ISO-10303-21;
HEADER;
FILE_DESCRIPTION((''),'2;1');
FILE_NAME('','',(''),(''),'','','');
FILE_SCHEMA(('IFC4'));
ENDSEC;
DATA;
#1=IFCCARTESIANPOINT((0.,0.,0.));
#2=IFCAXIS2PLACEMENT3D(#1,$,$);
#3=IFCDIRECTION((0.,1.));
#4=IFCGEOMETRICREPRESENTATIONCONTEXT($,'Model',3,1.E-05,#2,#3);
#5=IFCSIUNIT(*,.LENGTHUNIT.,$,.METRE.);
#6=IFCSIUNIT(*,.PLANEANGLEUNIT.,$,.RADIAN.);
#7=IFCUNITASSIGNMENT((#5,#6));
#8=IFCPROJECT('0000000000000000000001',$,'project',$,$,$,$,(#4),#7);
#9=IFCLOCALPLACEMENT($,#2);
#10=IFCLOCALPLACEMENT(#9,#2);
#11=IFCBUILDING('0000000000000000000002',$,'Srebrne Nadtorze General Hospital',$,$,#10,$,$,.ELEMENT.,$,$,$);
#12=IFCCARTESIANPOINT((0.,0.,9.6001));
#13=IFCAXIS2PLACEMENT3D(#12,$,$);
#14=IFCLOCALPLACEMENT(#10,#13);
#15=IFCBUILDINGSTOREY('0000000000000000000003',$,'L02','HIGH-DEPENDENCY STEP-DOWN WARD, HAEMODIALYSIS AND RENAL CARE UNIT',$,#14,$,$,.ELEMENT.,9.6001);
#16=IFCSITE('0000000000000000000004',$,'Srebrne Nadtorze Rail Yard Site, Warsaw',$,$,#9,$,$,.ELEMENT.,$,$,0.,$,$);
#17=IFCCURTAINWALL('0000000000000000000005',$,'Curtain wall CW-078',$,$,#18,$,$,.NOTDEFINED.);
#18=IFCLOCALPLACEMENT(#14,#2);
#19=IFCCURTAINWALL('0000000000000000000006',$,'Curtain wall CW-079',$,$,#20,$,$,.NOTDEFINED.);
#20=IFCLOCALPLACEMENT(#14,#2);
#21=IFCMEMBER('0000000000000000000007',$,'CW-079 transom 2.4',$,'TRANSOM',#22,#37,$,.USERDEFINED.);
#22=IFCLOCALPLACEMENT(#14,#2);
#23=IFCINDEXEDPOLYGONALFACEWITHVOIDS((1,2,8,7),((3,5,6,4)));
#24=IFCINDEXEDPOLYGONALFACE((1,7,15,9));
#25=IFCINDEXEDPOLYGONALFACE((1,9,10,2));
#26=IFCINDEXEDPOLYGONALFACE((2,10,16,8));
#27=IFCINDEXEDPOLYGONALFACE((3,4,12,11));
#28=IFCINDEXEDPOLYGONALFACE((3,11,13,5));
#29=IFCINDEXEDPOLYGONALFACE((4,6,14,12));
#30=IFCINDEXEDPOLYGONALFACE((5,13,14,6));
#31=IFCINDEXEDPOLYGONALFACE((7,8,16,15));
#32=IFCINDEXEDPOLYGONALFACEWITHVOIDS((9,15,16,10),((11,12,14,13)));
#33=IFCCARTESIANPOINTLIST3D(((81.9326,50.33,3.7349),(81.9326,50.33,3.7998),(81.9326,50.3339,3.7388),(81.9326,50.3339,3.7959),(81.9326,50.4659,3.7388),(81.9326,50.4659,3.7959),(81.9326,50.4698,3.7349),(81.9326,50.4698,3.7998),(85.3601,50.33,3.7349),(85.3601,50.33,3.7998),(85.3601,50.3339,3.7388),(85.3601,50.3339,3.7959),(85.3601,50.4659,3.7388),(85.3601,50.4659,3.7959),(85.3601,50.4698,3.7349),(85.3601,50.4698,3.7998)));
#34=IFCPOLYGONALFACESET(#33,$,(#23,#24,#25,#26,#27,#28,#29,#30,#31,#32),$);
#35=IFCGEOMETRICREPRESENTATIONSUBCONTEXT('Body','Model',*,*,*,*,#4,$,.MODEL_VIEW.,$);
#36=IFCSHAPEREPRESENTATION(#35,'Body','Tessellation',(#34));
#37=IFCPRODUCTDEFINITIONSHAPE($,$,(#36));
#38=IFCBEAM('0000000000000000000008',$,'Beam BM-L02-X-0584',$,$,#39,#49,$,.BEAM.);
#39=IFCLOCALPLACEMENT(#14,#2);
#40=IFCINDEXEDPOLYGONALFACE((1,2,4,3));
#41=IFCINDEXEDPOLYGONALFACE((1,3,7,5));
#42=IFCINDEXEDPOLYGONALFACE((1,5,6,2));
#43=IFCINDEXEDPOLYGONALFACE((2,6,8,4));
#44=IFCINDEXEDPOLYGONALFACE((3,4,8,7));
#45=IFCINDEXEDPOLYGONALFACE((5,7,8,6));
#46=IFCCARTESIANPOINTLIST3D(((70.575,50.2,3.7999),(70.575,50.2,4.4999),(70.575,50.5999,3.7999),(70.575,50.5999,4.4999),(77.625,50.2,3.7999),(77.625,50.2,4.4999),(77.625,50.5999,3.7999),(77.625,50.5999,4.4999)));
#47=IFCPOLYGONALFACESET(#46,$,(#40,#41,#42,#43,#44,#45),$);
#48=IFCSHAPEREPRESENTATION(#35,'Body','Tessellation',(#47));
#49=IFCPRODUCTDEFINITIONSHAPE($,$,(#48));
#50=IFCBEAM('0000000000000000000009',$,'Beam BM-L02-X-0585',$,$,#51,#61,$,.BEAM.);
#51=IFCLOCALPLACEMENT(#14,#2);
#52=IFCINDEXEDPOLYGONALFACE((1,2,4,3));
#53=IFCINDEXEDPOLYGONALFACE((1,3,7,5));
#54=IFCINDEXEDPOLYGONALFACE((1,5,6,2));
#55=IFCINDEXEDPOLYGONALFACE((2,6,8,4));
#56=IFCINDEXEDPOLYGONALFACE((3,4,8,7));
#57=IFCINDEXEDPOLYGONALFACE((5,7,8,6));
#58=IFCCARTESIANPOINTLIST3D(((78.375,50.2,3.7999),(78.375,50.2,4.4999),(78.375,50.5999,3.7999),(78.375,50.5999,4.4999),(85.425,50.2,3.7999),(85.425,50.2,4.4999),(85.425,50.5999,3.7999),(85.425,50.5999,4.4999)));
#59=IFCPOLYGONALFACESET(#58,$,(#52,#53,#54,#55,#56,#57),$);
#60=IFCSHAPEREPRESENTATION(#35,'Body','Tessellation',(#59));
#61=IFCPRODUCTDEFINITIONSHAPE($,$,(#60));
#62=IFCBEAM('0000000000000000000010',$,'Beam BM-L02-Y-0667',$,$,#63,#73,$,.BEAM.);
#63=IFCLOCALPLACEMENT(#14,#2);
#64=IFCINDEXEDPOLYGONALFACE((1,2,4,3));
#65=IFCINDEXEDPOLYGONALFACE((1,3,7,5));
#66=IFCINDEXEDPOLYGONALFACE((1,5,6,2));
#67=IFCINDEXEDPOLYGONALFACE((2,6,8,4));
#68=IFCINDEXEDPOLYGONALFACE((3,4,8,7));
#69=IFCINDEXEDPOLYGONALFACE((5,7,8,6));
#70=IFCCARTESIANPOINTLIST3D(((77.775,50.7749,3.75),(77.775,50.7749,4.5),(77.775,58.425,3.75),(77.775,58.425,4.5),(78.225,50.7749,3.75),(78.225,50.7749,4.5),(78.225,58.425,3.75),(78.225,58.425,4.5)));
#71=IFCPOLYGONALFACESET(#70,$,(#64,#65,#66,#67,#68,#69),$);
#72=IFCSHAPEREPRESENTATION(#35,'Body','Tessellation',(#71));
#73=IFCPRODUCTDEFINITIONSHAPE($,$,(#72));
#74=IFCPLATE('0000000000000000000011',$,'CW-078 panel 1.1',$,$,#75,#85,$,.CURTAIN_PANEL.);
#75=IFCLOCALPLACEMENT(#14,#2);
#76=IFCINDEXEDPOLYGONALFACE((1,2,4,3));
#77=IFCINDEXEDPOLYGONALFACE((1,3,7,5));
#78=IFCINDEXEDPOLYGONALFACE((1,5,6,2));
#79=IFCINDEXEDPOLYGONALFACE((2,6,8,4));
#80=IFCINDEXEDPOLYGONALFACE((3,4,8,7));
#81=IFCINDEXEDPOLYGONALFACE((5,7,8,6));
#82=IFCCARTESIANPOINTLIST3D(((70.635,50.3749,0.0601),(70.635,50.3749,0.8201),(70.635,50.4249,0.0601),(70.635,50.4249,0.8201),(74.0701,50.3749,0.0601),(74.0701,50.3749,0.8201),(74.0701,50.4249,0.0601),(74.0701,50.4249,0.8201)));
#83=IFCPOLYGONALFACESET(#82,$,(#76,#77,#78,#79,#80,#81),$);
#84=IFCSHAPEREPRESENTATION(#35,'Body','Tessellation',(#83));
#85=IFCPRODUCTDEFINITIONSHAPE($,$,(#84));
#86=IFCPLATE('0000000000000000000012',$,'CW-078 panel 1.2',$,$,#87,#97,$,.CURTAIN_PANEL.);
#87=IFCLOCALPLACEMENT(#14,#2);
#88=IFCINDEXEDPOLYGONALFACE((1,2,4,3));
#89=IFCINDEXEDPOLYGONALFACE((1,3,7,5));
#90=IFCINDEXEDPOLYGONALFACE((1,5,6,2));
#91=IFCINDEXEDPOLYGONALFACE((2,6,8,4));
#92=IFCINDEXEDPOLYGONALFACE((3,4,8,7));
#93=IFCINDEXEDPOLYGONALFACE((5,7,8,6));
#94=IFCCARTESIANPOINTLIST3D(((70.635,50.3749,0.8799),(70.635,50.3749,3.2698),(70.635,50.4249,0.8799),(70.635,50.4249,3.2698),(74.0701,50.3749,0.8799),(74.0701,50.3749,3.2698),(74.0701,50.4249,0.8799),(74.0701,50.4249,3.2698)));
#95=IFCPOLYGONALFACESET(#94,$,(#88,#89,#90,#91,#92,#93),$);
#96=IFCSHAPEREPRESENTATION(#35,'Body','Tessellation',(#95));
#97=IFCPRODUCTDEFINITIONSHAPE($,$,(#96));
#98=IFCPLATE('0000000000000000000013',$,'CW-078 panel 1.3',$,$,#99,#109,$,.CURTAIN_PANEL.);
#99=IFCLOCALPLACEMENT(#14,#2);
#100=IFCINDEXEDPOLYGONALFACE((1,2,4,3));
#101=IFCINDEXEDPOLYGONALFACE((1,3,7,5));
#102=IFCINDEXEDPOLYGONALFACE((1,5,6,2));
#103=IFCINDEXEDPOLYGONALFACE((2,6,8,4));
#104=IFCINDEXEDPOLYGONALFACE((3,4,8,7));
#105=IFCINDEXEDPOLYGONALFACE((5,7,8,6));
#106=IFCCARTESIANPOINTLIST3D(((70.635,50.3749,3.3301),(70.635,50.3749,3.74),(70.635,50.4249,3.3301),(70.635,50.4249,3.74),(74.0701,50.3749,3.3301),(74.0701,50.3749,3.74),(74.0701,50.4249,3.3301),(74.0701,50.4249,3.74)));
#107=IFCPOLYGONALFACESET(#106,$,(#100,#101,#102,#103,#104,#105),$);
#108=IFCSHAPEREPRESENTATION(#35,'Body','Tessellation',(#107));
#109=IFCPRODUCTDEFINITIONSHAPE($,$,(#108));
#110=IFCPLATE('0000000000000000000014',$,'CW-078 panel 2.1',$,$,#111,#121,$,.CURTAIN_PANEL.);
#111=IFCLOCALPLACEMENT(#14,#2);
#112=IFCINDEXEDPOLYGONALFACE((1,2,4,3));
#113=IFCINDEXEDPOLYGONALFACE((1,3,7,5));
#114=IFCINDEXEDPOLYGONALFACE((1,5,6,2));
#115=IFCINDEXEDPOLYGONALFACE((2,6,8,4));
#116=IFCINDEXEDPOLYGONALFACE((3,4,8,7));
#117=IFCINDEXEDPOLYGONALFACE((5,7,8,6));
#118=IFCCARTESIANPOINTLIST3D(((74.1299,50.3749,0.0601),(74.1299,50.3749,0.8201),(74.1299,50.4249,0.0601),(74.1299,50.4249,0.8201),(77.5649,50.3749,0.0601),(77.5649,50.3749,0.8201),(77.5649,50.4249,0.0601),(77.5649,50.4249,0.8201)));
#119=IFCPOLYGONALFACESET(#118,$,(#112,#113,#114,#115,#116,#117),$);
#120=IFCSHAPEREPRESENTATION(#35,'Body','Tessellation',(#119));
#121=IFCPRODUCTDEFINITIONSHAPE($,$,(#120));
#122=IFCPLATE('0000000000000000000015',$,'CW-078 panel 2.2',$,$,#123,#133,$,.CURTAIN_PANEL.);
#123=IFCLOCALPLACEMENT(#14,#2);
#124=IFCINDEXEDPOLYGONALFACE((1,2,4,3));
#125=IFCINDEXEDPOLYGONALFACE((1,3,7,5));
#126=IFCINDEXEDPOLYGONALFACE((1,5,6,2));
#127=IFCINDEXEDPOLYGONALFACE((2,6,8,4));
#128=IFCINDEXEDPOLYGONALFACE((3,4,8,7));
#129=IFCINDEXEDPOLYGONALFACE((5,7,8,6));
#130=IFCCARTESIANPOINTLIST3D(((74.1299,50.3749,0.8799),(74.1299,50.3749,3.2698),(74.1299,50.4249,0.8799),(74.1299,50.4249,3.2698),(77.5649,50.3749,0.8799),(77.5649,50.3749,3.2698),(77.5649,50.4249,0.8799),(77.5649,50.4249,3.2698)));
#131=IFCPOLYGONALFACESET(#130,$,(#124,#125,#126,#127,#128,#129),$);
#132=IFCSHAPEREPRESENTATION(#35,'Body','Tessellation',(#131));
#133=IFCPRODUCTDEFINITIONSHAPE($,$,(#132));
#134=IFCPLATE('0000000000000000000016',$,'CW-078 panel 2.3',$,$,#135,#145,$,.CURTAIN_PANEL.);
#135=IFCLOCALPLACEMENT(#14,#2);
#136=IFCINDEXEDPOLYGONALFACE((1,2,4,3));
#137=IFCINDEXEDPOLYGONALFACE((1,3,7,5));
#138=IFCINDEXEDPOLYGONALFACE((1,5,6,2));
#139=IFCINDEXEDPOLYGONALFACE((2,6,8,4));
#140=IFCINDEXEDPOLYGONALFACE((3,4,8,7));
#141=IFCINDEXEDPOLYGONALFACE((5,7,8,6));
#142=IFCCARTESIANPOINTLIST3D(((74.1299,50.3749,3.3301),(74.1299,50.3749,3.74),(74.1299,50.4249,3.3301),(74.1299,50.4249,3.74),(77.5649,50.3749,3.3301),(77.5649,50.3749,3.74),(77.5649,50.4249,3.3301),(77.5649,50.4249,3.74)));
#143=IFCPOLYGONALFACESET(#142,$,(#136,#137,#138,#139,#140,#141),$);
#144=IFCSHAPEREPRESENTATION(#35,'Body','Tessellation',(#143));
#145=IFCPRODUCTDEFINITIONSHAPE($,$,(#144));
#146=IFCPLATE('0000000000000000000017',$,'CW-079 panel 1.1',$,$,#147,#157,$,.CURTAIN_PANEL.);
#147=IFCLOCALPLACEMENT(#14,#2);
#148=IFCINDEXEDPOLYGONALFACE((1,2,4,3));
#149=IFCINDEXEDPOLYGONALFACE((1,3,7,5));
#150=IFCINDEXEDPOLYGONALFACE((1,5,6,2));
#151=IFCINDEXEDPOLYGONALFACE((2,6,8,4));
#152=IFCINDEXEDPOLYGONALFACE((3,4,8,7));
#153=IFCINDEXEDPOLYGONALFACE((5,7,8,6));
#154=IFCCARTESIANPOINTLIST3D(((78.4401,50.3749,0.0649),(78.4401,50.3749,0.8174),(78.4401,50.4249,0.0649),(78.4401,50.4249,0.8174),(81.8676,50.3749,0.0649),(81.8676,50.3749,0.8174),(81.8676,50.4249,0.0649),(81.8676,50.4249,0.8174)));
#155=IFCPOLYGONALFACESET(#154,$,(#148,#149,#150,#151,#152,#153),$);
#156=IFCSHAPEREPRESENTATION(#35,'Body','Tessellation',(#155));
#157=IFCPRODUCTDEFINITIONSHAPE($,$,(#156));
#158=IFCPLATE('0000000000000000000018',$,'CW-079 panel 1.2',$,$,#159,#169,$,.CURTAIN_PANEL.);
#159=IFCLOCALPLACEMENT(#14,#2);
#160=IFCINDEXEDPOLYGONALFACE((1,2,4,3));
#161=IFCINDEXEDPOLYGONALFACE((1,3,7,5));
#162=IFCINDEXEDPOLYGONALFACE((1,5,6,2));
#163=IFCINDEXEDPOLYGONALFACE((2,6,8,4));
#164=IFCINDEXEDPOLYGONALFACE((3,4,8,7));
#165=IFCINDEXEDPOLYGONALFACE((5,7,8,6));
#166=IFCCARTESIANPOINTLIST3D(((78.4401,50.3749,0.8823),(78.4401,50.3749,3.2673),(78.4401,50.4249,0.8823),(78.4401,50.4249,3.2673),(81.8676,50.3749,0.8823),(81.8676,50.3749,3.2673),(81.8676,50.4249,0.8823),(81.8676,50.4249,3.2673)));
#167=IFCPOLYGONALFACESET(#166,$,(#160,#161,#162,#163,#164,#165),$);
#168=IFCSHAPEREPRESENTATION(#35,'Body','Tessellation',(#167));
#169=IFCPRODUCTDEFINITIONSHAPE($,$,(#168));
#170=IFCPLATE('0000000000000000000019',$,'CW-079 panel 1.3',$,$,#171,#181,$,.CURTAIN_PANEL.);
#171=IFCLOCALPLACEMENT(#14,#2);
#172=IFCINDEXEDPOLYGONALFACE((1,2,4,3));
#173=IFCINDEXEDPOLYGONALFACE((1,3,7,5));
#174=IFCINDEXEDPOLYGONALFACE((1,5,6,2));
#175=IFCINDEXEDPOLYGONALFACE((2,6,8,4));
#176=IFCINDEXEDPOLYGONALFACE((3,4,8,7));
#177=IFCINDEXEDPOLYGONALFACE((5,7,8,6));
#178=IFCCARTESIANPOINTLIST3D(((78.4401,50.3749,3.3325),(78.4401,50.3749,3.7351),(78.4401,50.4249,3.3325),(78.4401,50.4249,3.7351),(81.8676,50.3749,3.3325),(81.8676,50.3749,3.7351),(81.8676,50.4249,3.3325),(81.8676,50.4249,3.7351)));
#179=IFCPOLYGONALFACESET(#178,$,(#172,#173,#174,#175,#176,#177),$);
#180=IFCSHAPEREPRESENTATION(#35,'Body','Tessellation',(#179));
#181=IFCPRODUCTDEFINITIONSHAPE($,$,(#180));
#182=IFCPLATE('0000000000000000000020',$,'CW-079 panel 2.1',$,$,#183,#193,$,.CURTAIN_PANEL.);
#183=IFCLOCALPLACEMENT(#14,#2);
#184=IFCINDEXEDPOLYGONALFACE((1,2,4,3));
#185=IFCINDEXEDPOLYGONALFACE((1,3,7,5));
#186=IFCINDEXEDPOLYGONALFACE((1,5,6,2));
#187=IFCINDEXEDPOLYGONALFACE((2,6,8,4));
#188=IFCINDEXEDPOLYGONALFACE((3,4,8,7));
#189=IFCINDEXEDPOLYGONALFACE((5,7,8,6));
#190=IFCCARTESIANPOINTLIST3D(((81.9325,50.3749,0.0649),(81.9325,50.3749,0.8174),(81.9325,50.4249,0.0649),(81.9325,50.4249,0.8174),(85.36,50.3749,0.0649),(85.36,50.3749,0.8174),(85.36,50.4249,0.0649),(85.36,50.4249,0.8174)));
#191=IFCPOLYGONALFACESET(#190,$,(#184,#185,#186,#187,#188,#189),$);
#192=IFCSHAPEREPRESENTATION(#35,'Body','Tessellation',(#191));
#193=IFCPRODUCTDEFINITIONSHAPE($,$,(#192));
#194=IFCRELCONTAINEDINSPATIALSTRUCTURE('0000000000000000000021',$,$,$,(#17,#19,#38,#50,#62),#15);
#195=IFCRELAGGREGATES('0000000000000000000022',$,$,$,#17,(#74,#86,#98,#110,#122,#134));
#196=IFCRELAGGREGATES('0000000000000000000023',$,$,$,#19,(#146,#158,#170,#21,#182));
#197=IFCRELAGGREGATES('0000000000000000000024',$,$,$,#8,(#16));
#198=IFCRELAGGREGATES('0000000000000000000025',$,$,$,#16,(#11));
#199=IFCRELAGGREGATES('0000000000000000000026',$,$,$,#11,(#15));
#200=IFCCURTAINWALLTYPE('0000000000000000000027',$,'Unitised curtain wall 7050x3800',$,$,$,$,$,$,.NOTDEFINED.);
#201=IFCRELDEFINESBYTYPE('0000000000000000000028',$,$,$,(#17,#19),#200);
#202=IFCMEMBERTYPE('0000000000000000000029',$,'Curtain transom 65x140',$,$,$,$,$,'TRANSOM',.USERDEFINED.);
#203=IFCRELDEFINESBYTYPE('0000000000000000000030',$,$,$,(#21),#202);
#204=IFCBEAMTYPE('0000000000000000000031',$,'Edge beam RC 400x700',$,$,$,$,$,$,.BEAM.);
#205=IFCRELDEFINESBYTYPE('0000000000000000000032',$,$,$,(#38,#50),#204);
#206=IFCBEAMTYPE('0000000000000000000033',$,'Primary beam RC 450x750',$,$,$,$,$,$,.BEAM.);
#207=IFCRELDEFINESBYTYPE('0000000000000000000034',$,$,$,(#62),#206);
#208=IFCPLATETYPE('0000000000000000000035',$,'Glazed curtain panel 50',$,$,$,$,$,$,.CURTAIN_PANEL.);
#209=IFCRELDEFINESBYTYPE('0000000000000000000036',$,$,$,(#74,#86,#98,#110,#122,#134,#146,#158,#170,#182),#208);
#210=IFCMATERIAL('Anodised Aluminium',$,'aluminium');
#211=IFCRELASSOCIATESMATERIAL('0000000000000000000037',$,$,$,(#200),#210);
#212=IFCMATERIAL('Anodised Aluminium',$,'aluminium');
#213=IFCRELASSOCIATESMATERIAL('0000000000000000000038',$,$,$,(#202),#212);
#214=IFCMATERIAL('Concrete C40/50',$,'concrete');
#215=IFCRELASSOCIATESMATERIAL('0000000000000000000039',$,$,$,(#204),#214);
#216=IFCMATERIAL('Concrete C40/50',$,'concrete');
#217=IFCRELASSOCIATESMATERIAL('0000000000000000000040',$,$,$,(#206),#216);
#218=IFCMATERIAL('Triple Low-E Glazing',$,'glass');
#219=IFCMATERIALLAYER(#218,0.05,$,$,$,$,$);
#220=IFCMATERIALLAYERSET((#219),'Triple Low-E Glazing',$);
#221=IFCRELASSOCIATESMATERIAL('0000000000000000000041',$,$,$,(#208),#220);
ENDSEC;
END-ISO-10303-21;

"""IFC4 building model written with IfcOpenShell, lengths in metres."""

from ifc_helpers import new_model, si_unit, direction, frame, origin, origin_2d, place, context, subcontext, project, spatial, rectangle, hollow_rectangle, extrude, material, layer, layer_set, material_profile, profile_set, type_object, element, aggregate, save


model = new_model("IFC4")

# Units and contexts
model_context = context("Model", 3, precision=1e-05, world=origin(), true_north=direction((0.0, 1.0)))
body_context = subcontext(model_context, "Body", "Model", "MODEL_VIEW")
ifc_project = project(units=[si_unit("LENGTHUNIT", "METRE"), si_unit("PLANEANGLEUNIT", "RADIAN")], contexts=[model_context])

# Site, building, storey
site_placement = place(None, origin())
site = spatial("IfcSite", under=ifc_project, at=site_placement, Name="Srebrne Nadtorze Rail Yard Site, Warsaw", CompositionType="ELEMENT", RefElevation=0.0)
building_placement = place(site_placement, origin())
building = spatial("IfcBuilding", under=site, at=building_placement, Name="Srebrne Nadtorze General Hospital", CompositionType="ELEMENT")
storey_placement = place(building_placement, frame((0.0, 0.0, 9.6001)))
storey = spatial("IfcBuildingStorey", under=building, at=storey_placement, Name="L02", Description="HIGH-DEPENDENCY STEP-DOWN WARD, HAEMODIALYSIS AND RENAL CARE UNIT", CompositionType="ELEMENT", Elevation=9.6001)

# Curtain walls
ifc_material_1 = material(Name="Anodised Aluminium", Category="aluminium")
curtain_wall_type = type_object("IfcCurtainWallType", Name="Unitised curtain wall 7050x3800", PredefinedType="NOTDEFINED", material=ifc_material_1)
curtain_wall_1_placement = place(storey_placement, origin())
curtain_wall_1 = element("IfcCurtainWall", 1, at=curtain_wall_1_placement, inside=storey, type_object=curtain_wall_type, Name="Curtain wall CW-078", PredefinedType="NOTDEFINED")
curtain_wall_2_placement = place(storey_placement, origin())
curtain_wall_2 = element("IfcCurtainWall", 2, at=curtain_wall_2_placement, inside=storey, type_object=curtain_wall_type, Name="Curtain wall CW-079", PredefinedType="NOTDEFINED")

# Member
ifc_material_2 = material(Name="Anodised Aluminium", Category="aluminium")
ifc_material_profile_1 = material_profile(ifc_material_2, hollow_rectangle(XDim=0.0649, YDim=0.1399, WallThickness=0.0039, at=origin_2d()), Name="AL-TRN-65x140")
ifc_profile_set_1 = profile_set([ifc_material_profile_1], Name="Anodised Aluminium")
member_type_1 = type_object("IfcMemberType", Name="Curtain transom 65x140", ElementType="TRANSOM", PredefinedType="USERDEFINED", material=ifc_profile_set_1)
member_1_placement = place(storey_placement, frame((81.9326, 50.3999, 3.7673), z_axis=(1.0, 0.0, 0.0), x_axis=(0.0, 0.0, 1.0)))
member_1 = element("IfcMember", 3, at=member_1_placement, type_object=member_type_1, Name="CW-079 transom 2.4", ObjectType="TRANSOM", PredefinedType="USERDEFINED", context=body_context, shape_type="SweptSolid", body=[
    extrude(hollow_rectangle(XDim=0.0649, YDim=0.1399, WallThickness=0.0039, at=origin_2d()), origin(), (0.0, 0.0, 1.0), 3.4275),
])

# Beams
ifc_material_3 = material(Name="Concrete C40/50", Category="concrete")
ifc_material_profile_2 = material_profile(ifc_material_3, rectangle(XDim=0.3999, YDim=0.7, at=origin_2d()), Name="RC-BM-400x700")
ifc_profile_set_2 = profile_set([ifc_material_profile_2], Name="Concrete C40/50")
beam_type_1 = type_object("IfcBeamType", Name="Edge beam RC 400x700", PredefinedType="BEAM", material=ifc_profile_set_2)
for number, where, z_axis, x_axis, name in (
    (4, (70.575, 50.3999, 4.1499), (1.0, 0.0, 0.0), (0.0, 1.0, 0.0), "Beam BM-L02-X-0584"),
    (5, (78.375, 50.3999, 4.1499), (1.0, 0.0, 0.0), (0.0, 1.0, 0.0), "Beam BM-L02-X-0585"),
):
    element("IfcBeam", number, at=place(storey_placement, frame(where, z_axis=z_axis, x_axis=x_axis)), inside=storey, type_object=beam_type_1, Name=name, PredefinedType="BEAM", context=body_context, shape_type="SweptSolid", body=[
        extrude(rectangle(XDim=0.3999, YDim=0.7, at=origin_2d()), origin(), (0.0, 0.0, 1.0), 7.05),
    ])
ifc_material_4 = material(Name="Concrete C40/50", Category="concrete")
ifc_material_profile_3 = material_profile(ifc_material_4, rectangle(XDim=0.45, YDim=0.75, at=origin_2d()), Name="RC-BM-450x750")
ifc_profile_set_3 = profile_set([ifc_material_profile_3], Name="Concrete C40/50")
beam_type_2 = type_object("IfcBeamType", Name="Primary beam RC 450x750", PredefinedType="BEAM", material=ifc_profile_set_3)
beam_placement = place(storey_placement, frame((78.0, 50.7749, 4.125), z_axis=(0.0, 1.0, 0.0), x_axis=(-1.0, 0.0, 0.0)))
element("IfcBeam", 6, at=beam_placement, inside=storey, type_object=beam_type_2, Name="Beam BM-L02-Y-0667", PredefinedType="BEAM", context=body_context, shape_type="SweptSolid", body=[
    extrude(rectangle(XDim=0.45, YDim=0.75, at=origin_2d()), origin(), (0.0, 0.0, 1.0), 7.6501),
])

# Plates
ifc_material_5 = material(Name="Triple Low-E Glazing", Category="glass")
ifc_layer = layer(ifc_material_5, 0.05)
ifc_layer_set = layer_set([ifc_layer], Name="Triple Low-E Glazing")
plate_type = type_object("IfcPlateType", Name="Glazed curtain panel 50", PredefinedType="CURTAIN_PANEL", material=ifc_layer_set)
plate_1_placement = place(storey_placement, frame((72.3525, 50.3999, 0.0601), z_axis=(0.0, 0.0, 1.0), x_axis=(1.0, 0.0, 0.0)))
plate_1 = element("IfcPlate", 7, at=plate_1_placement, type_object=plate_type, Name="CW-078 panel 1.1", PredefinedType="CURTAIN_PANEL", context=body_context, shape_type="SweptSolid", body=[
    extrude(rectangle(XDim=3.4351, YDim=0.05, at=origin_2d()), origin(), (0.0, 0.0, 1.0), 0.76),
])
plate_2_placement = place(storey_placement, frame((72.3525, 50.3999, 0.8799), z_axis=(0.0, 0.0, 1.0), x_axis=(1.0, 0.0, 0.0)))
plate_2 = element("IfcPlate", 8, at=plate_2_placement, type_object=plate_type, Name="CW-078 panel 1.2", PredefinedType="CURTAIN_PANEL", context=body_context, shape_type="SweptSolid", body=[
    extrude(rectangle(XDim=3.4351, YDim=0.05, at=origin_2d()), origin(), (0.0, 0.0, 1.0), 2.3899),
])
plate_3_placement = place(storey_placement, frame((72.3525, 50.3999, 3.3301), z_axis=(0.0, 0.0, 1.0), x_axis=(1.0, 0.0, 0.0)))
plate_3 = element("IfcPlate", 9, at=plate_3_placement, type_object=plate_type, Name="CW-078 panel 1.3", PredefinedType="CURTAIN_PANEL", context=body_context, shape_type="SweptSolid", body=[
    extrude(rectangle(XDim=3.4351, YDim=0.05, at=origin_2d()), origin(), (0.0, 0.0, 1.0), 0.4099),
])
plate_4_placement = place(storey_placement, frame((75.8474, 50.3999, 0.0601), z_axis=(0.0, 0.0, 1.0), x_axis=(1.0, 0.0, 0.0)))
plate_4 = element("IfcPlate", 10, at=plate_4_placement, type_object=plate_type, Name="CW-078 panel 2.1", PredefinedType="CURTAIN_PANEL", context=body_context, shape_type="SweptSolid", body=[
    extrude(rectangle(XDim=3.4351, YDim=0.05, at=origin_2d()), origin(), (0.0, 0.0, 1.0), 0.76),
])
plate_5_placement = place(storey_placement, frame((75.8474, 50.3999, 0.8799), z_axis=(0.0, 0.0, 1.0), x_axis=(1.0, 0.0, 0.0)))
plate_5 = element("IfcPlate", 11, at=plate_5_placement, type_object=plate_type, Name="CW-078 panel 2.2", PredefinedType="CURTAIN_PANEL", context=body_context, shape_type="SweptSolid", body=[
    extrude(rectangle(XDim=3.4351, YDim=0.05, at=origin_2d()), origin(), (0.0, 0.0, 1.0), 2.3899),
])
plate_6_placement = place(storey_placement, frame((75.8474, 50.3999, 3.3301), z_axis=(0.0, 0.0, 1.0), x_axis=(1.0, 0.0, 0.0)))
plate_6 = element("IfcPlate", 12, at=plate_6_placement, type_object=plate_type, Name="CW-078 panel 2.3", PredefinedType="CURTAIN_PANEL", context=body_context, shape_type="SweptSolid", body=[
    extrude(rectangle(XDim=3.4351, YDim=0.05, at=origin_2d()), origin(), (0.0, 0.0, 1.0), 0.4099),
])
aggregate(curtain_wall_1, [plate_1, plate_2, plate_3, plate_4, plate_5, plate_6])
plate_7_placement = place(storey_placement, frame((80.1538, 50.3999, 0.0649), z_axis=(0.0, 0.0, 1.0), x_axis=(1.0, 0.0, 0.0)))
plate_7 = element("IfcPlate", 13, at=plate_7_placement, type_object=plate_type, Name="CW-079 panel 1.1", PredefinedType="CURTAIN_PANEL", context=body_context, shape_type="SweptSolid", body=[
    extrude(rectangle(XDim=3.4275, YDim=0.05, at=origin_2d()), origin(), (0.0, 0.0, 1.0), 0.7524),
])
plate_8_placement = place(storey_placement, frame((80.1538, 50.3999, 0.8823), z_axis=(0.0, 0.0, 1.0), x_axis=(1.0, 0.0, 0.0)))
plate_8 = element("IfcPlate", 14, at=plate_8_placement, type_object=plate_type, Name="CW-079 panel 1.2", PredefinedType="CURTAIN_PANEL", context=body_context, shape_type="SweptSolid", body=[
    extrude(rectangle(XDim=3.4275, YDim=0.05, at=origin_2d()), origin(), (0.0, 0.0, 1.0), 2.385),
])
plate_9_placement = place(storey_placement, frame((80.1538, 50.3999, 3.3325), z_axis=(0.0, 0.0, 1.0), x_axis=(1.0, 0.0, 0.0)))
plate_9 = element("IfcPlate", 15, at=plate_9_placement, type_object=plate_type, Name="CW-079 panel 1.3", PredefinedType="CURTAIN_PANEL", context=body_context, shape_type="SweptSolid", body=[
    extrude(rectangle(XDim=3.4275, YDim=0.05, at=origin_2d()), origin(), (0.0, 0.0, 1.0), 0.4026),
])
plate_10_placement = place(storey_placement, frame((83.6462, 50.3999, 0.0649), z_axis=(0.0, 0.0, 1.0), x_axis=(1.0, 0.0, 0.0)))
plate_10 = element("IfcPlate", 16, at=plate_10_placement, type_object=plate_type, Name="CW-079 panel 2.1", PredefinedType="CURTAIN_PANEL", context=body_context, shape_type="SweptSolid", body=[
    extrude(rectangle(XDim=3.4275, YDim=0.05, at=origin_2d()), origin(), (0.0, 0.0, 1.0), 0.7524),
])
aggregate(curtain_wall_2, [plate_7, plate_8, plate_9, member_1, plate_10])

save(model, "model.ifc")
